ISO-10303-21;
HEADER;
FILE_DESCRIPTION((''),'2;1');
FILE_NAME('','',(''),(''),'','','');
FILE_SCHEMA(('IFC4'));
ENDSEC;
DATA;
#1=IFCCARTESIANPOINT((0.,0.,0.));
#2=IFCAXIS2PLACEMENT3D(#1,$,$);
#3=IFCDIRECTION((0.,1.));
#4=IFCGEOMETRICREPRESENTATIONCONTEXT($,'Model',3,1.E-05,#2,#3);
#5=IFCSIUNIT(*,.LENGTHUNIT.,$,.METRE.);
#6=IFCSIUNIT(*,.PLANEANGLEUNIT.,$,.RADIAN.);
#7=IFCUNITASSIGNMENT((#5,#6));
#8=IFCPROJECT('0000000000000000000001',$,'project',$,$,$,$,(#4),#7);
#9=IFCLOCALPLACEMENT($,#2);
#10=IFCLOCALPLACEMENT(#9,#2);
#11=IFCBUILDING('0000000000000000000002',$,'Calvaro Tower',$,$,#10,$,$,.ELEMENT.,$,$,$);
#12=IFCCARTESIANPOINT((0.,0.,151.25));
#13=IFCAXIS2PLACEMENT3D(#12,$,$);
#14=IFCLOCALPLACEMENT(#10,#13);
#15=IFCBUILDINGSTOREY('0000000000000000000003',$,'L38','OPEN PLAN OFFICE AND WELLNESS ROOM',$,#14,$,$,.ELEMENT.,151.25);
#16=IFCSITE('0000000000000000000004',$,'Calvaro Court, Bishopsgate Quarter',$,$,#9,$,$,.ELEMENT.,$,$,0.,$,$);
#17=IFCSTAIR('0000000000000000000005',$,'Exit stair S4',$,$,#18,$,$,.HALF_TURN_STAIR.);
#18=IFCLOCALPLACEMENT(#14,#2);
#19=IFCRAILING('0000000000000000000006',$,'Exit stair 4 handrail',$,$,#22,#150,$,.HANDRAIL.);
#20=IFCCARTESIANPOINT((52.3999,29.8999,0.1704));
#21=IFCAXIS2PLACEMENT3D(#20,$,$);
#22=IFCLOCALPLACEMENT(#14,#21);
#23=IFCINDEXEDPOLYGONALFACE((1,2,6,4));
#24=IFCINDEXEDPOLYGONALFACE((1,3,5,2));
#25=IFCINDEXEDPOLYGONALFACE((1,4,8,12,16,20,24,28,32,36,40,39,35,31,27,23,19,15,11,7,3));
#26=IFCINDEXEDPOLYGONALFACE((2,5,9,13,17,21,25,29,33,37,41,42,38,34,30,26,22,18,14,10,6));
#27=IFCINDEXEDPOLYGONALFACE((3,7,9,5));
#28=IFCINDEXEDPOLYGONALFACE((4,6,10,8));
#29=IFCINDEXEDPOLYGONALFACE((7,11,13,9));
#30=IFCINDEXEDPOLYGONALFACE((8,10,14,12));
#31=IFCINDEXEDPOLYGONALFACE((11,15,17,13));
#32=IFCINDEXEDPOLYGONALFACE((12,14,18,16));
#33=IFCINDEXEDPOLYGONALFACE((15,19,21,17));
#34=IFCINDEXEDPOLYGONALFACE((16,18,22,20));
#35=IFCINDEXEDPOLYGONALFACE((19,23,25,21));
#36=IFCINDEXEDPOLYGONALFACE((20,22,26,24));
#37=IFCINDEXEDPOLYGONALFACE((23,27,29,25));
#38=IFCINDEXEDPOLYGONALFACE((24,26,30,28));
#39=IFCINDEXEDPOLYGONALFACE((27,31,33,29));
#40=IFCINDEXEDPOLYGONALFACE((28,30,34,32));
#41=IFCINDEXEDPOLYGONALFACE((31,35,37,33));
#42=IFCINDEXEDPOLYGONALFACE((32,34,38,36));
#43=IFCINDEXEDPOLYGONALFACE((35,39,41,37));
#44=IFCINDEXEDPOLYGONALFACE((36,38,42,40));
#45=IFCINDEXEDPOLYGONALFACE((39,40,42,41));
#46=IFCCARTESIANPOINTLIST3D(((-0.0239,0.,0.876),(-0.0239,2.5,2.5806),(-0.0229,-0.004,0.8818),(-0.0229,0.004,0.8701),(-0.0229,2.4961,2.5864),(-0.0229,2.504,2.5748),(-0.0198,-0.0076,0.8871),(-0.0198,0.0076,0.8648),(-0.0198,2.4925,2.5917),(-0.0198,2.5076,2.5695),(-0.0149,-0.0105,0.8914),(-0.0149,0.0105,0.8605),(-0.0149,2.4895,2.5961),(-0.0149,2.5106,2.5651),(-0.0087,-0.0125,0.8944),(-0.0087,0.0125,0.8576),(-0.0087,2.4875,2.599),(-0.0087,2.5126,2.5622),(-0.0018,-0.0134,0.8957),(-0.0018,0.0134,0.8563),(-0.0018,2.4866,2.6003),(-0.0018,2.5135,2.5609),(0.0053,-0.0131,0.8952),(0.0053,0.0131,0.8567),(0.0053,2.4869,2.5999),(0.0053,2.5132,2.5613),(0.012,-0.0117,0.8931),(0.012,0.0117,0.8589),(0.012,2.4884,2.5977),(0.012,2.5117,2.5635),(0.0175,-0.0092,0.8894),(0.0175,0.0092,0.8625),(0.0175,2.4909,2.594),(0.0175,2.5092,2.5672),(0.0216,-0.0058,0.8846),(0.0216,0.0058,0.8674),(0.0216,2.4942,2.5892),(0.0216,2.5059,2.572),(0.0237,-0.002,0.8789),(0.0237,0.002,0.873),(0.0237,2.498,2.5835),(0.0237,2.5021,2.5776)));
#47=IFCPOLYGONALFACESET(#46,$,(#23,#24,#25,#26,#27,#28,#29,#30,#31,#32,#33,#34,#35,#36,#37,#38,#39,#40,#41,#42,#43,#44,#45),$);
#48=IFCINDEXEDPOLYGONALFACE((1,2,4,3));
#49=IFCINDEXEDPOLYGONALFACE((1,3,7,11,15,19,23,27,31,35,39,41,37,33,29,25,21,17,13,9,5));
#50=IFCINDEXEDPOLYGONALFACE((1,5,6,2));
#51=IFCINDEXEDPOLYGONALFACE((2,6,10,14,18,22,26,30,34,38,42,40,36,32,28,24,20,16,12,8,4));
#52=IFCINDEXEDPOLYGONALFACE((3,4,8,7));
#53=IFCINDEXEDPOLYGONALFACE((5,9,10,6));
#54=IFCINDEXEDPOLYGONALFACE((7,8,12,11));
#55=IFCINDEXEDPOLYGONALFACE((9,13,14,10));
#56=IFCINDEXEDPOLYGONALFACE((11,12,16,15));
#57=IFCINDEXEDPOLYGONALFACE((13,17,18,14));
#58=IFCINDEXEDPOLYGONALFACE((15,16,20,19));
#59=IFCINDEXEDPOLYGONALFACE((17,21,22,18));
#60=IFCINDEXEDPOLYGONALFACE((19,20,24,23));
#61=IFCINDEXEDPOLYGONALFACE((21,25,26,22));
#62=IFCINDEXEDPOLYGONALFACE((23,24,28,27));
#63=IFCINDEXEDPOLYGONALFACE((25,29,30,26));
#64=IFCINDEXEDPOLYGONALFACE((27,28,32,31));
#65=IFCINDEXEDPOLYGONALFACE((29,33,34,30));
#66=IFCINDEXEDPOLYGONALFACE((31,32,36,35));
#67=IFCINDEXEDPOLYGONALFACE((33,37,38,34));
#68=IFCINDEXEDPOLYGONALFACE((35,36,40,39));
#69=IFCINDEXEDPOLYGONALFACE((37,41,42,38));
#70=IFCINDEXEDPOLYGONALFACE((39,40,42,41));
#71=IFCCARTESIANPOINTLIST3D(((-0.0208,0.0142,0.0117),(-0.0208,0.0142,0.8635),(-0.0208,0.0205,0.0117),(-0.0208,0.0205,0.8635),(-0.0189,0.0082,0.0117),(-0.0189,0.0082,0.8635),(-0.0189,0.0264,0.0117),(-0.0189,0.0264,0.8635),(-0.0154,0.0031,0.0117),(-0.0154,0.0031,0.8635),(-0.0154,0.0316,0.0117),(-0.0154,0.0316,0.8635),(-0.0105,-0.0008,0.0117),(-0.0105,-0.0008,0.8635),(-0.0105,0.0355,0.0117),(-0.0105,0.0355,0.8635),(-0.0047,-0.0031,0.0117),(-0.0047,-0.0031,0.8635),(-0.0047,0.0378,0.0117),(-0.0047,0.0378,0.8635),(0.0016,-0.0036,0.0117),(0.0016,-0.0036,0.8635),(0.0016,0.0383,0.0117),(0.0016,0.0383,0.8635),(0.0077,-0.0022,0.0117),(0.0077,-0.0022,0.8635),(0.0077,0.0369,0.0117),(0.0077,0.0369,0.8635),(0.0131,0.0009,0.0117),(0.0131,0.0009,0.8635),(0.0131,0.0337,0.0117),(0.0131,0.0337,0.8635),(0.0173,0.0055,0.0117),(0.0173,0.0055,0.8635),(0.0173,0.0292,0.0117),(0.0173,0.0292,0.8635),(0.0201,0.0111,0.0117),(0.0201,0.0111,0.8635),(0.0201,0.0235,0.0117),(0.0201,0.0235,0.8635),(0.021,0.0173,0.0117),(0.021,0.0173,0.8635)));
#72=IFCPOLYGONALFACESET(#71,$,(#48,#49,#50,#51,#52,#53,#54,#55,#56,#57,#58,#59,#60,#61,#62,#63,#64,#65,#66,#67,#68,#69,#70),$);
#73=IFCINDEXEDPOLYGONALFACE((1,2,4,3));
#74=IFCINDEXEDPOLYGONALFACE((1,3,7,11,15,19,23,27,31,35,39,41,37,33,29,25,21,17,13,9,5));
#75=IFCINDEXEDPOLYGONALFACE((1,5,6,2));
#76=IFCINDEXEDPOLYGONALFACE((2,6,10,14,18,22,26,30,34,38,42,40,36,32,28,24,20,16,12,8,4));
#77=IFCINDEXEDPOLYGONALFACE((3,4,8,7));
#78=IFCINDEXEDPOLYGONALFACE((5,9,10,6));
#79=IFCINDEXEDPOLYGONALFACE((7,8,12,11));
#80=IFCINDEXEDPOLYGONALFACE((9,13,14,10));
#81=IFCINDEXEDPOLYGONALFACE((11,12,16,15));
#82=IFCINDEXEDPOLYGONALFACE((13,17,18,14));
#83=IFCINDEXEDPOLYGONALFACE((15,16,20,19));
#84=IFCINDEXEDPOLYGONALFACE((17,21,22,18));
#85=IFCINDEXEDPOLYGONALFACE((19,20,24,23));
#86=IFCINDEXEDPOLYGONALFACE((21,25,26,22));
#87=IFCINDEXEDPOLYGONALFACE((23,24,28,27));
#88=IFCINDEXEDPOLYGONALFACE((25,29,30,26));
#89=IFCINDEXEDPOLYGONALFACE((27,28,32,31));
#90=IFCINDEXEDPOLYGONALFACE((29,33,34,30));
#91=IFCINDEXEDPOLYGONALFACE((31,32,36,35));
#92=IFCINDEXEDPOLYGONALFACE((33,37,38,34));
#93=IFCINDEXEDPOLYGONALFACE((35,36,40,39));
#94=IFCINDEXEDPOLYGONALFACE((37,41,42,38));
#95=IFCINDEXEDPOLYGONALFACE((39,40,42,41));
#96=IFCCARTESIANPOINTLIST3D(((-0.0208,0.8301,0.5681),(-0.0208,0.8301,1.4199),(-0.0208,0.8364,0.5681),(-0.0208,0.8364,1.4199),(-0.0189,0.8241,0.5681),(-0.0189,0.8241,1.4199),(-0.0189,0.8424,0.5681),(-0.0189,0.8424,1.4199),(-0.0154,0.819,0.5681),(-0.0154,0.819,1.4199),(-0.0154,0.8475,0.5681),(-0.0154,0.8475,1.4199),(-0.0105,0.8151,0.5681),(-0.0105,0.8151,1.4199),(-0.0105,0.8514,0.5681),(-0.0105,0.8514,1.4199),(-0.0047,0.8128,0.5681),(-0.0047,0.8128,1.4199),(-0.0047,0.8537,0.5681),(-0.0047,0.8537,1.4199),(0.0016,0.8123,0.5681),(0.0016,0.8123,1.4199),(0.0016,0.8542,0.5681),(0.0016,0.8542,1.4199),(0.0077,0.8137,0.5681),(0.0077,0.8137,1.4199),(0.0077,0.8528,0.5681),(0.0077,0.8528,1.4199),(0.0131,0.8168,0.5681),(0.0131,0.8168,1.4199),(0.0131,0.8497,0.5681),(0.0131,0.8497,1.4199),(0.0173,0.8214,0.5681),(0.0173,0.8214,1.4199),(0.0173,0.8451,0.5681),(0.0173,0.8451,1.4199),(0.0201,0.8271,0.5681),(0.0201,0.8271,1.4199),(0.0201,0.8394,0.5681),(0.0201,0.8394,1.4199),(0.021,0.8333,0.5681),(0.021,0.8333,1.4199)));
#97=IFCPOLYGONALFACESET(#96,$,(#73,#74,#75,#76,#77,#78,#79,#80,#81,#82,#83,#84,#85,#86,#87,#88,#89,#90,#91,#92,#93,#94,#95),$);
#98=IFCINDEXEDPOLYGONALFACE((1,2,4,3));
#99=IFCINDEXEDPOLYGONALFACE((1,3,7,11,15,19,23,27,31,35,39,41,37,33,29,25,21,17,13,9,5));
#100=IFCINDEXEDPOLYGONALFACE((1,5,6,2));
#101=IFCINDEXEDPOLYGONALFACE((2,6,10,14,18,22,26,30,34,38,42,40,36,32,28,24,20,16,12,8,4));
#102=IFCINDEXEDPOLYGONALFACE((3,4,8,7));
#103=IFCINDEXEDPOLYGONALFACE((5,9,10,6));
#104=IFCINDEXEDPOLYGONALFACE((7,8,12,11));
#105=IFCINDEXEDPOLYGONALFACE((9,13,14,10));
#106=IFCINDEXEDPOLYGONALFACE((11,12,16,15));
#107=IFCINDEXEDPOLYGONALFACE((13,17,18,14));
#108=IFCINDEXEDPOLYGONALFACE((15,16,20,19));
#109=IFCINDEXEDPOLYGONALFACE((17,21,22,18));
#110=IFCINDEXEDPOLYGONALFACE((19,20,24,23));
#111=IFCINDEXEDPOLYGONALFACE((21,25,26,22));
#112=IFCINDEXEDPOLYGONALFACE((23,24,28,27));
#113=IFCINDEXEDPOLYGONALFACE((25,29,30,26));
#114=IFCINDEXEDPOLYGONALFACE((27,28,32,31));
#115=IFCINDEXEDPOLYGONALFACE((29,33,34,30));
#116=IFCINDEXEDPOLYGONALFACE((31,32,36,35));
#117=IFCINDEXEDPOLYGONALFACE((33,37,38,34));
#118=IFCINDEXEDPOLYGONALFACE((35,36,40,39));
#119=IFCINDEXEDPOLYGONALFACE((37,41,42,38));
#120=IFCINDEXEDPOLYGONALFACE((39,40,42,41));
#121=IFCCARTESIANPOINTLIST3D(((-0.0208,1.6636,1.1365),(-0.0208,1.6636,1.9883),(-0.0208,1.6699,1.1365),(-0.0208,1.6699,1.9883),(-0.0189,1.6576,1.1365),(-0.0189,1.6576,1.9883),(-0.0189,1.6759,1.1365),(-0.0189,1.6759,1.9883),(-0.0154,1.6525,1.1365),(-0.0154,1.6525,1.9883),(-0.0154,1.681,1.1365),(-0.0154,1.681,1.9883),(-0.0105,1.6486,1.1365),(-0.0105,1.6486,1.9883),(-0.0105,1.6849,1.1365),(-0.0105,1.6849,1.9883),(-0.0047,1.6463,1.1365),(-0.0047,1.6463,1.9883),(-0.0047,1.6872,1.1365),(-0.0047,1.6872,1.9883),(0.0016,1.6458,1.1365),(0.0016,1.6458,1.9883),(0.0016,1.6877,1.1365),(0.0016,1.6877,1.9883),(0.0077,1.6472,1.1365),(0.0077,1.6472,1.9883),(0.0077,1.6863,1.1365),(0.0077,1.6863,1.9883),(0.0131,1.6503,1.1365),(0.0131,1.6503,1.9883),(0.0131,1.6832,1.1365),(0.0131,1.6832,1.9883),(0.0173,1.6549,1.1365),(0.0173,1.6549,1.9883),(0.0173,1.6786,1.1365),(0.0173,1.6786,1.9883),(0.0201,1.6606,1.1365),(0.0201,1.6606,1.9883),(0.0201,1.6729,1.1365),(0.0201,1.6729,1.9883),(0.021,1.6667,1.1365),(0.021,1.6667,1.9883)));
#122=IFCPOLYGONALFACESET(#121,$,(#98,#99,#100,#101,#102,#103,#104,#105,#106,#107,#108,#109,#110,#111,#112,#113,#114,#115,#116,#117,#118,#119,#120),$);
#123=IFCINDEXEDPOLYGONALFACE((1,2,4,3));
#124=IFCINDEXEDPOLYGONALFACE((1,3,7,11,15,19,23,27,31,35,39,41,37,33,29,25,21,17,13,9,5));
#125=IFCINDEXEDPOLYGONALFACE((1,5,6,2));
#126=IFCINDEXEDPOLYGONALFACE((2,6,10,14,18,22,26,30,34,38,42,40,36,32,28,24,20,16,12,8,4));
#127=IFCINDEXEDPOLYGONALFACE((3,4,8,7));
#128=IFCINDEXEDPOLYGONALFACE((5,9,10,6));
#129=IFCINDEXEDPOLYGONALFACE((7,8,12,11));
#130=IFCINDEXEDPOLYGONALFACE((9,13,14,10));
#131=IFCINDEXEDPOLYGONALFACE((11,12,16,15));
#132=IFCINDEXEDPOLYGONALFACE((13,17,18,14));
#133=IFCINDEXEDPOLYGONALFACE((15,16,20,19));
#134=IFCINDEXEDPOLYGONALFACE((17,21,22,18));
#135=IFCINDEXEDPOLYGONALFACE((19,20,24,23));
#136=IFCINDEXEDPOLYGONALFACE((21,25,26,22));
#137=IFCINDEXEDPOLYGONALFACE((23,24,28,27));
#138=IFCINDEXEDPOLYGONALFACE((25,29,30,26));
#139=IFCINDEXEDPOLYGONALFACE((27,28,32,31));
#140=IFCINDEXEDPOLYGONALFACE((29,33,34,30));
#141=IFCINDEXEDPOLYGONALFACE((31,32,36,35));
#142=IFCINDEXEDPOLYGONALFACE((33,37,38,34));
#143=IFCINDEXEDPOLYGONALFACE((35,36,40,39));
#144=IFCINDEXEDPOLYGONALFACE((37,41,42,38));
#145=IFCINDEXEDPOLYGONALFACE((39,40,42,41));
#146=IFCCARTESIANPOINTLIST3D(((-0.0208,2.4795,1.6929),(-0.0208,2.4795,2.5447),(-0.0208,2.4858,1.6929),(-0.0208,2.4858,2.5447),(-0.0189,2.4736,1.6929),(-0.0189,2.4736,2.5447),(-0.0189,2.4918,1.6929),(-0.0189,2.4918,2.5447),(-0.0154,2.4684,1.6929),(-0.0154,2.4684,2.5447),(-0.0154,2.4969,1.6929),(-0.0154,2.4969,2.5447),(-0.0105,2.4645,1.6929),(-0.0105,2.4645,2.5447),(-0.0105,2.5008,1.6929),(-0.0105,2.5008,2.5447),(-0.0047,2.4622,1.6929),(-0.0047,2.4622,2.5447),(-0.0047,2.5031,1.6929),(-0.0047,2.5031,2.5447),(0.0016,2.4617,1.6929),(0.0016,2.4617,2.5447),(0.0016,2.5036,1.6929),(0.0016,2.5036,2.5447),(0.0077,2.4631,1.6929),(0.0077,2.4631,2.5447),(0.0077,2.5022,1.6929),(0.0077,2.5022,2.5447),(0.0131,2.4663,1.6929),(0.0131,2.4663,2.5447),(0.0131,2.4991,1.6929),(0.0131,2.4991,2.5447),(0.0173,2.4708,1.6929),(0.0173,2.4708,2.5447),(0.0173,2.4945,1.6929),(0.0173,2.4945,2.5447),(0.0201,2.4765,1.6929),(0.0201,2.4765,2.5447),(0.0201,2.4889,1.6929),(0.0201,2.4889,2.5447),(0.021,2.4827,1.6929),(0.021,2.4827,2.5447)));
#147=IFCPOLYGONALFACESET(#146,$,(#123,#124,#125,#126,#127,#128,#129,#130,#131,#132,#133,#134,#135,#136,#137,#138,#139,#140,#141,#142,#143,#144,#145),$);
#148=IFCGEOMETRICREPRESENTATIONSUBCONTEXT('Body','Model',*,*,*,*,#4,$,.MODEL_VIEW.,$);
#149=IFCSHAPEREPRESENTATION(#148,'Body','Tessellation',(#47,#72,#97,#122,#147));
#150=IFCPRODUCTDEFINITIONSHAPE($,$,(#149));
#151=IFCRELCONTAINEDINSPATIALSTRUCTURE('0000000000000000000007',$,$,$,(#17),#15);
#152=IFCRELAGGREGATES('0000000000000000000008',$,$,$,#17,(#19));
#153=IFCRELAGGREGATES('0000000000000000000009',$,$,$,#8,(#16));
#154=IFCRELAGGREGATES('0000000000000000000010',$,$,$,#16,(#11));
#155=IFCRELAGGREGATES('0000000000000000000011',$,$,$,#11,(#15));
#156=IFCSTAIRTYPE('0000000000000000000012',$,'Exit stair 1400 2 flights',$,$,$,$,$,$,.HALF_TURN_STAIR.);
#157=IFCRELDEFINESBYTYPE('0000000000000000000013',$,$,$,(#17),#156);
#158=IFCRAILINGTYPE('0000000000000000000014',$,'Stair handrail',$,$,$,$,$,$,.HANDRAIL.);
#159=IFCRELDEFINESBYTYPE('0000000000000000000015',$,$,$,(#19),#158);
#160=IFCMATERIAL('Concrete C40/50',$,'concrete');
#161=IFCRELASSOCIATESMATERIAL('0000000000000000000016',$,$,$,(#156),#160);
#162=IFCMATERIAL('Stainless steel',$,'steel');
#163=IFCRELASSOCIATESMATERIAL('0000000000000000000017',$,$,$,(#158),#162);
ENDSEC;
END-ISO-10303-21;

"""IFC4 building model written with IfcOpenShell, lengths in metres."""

from ifc_helpers import new_model, si_unit, direction, frame, origin, origin_2d, place, context, subcontext, project, spatial, circle, extrude, material, type_object, element, aggregate, save


model = new_model("IFC4")

# Units and contexts
model_context = context("Model", 3, precision=1e-05, world=origin(), true_north=direction((0.0, 1.0)))
body_context = subcontext(model_context, "Body", "Model", "MODEL_VIEW")
ifc_project = project(units=[si_unit("LENGTHUNIT", "METRE"), si_unit("PLANEANGLEUNIT", "RADIAN")], contexts=[model_context])

# Site, building, storey
site_placement = place(None, origin())
site = spatial("IfcSite", under=ifc_project, at=site_placement, Name="Calvaro Court, Bishopsgate Quarter", CompositionType="ELEMENT", RefElevation=0.0)
building_placement = place(site_placement, origin())
building = spatial("IfcBuilding", under=site, at=building_placement, Name="Calvaro Tower", CompositionType="ELEMENT")
storey_placement = place(building_placement, frame((0.0, 0.0, 151.25)))
storey = spatial("IfcBuildingStorey", under=building, at=storey_placement, Name="L38", Description="OPEN PLAN OFFICE AND WELLNESS ROOM", CompositionType="ELEMENT", Elevation=151.25)

# Stair
ifc_material_1 = material(Name="Concrete C40/50", Category="concrete")
stair_type = type_object("IfcStairType", Name="Exit stair 1400 2 flights", PredefinedType="HALF_TURN_STAIR", material=ifc_material_1)
stair_1_placement = place(storey_placement, origin())
stair_1 = element("IfcStair", 1, at=stair_1_placement, inside=storey, type_object=stair_type, Name="Exit stair S4", PredefinedType="HALF_TURN_STAIR")

# Railing
ifc_material_2 = material(Name="Stainless steel", Category="steel")
railing_type = type_object("IfcRailingType", Name="Stair handrail", PredefinedType="HANDRAIL", material=ifc_material_2)
railing_1_placement = place(storey_placement, frame((52.3999, 29.8999, 0.1704)))
railing_1 = element("IfcRailing", 2, at=railing_1_placement, type_object=railing_type, Name="Exit stair 4 handrail", PredefinedType="HANDRAIL", context=body_context, shape_type="SweptSolid", body=[
    extrude(circle(Radius=0.0239, at=origin_2d()), frame((0.0, 0.0, 0.876), z_axis=(0.0, 0.826221, 0.563347), x_axis=(-1.0, 0.0, 0.0)), (0.0, 0.0, 1.0), 3.0259),
    extrude(circle(Radius=0.021, at=origin_2d()), frame((0.0, 0.0173, 0.0117)), (0.0, 0.0, 1.0), 0.8518),
    extrude(circle(Radius=0.021, at=origin_2d()), frame((0.0, 0.8333, 0.5681)), (0.0, 0.0, 1.0), 0.8518),
    extrude(circle(Radius=0.021, at=origin_2d()), frame((0.0, 1.6667, 1.1365)), (0.0, 0.0, 1.0), 0.8518),
    extrude(circle(Radius=0.021, at=origin_2d()), frame((0.0, 2.4827, 1.6929)), (0.0, 0.0, 1.0), 0.8518),
])
aggregate(stair_1, [railing_1])

save(model, "model.ifc")
